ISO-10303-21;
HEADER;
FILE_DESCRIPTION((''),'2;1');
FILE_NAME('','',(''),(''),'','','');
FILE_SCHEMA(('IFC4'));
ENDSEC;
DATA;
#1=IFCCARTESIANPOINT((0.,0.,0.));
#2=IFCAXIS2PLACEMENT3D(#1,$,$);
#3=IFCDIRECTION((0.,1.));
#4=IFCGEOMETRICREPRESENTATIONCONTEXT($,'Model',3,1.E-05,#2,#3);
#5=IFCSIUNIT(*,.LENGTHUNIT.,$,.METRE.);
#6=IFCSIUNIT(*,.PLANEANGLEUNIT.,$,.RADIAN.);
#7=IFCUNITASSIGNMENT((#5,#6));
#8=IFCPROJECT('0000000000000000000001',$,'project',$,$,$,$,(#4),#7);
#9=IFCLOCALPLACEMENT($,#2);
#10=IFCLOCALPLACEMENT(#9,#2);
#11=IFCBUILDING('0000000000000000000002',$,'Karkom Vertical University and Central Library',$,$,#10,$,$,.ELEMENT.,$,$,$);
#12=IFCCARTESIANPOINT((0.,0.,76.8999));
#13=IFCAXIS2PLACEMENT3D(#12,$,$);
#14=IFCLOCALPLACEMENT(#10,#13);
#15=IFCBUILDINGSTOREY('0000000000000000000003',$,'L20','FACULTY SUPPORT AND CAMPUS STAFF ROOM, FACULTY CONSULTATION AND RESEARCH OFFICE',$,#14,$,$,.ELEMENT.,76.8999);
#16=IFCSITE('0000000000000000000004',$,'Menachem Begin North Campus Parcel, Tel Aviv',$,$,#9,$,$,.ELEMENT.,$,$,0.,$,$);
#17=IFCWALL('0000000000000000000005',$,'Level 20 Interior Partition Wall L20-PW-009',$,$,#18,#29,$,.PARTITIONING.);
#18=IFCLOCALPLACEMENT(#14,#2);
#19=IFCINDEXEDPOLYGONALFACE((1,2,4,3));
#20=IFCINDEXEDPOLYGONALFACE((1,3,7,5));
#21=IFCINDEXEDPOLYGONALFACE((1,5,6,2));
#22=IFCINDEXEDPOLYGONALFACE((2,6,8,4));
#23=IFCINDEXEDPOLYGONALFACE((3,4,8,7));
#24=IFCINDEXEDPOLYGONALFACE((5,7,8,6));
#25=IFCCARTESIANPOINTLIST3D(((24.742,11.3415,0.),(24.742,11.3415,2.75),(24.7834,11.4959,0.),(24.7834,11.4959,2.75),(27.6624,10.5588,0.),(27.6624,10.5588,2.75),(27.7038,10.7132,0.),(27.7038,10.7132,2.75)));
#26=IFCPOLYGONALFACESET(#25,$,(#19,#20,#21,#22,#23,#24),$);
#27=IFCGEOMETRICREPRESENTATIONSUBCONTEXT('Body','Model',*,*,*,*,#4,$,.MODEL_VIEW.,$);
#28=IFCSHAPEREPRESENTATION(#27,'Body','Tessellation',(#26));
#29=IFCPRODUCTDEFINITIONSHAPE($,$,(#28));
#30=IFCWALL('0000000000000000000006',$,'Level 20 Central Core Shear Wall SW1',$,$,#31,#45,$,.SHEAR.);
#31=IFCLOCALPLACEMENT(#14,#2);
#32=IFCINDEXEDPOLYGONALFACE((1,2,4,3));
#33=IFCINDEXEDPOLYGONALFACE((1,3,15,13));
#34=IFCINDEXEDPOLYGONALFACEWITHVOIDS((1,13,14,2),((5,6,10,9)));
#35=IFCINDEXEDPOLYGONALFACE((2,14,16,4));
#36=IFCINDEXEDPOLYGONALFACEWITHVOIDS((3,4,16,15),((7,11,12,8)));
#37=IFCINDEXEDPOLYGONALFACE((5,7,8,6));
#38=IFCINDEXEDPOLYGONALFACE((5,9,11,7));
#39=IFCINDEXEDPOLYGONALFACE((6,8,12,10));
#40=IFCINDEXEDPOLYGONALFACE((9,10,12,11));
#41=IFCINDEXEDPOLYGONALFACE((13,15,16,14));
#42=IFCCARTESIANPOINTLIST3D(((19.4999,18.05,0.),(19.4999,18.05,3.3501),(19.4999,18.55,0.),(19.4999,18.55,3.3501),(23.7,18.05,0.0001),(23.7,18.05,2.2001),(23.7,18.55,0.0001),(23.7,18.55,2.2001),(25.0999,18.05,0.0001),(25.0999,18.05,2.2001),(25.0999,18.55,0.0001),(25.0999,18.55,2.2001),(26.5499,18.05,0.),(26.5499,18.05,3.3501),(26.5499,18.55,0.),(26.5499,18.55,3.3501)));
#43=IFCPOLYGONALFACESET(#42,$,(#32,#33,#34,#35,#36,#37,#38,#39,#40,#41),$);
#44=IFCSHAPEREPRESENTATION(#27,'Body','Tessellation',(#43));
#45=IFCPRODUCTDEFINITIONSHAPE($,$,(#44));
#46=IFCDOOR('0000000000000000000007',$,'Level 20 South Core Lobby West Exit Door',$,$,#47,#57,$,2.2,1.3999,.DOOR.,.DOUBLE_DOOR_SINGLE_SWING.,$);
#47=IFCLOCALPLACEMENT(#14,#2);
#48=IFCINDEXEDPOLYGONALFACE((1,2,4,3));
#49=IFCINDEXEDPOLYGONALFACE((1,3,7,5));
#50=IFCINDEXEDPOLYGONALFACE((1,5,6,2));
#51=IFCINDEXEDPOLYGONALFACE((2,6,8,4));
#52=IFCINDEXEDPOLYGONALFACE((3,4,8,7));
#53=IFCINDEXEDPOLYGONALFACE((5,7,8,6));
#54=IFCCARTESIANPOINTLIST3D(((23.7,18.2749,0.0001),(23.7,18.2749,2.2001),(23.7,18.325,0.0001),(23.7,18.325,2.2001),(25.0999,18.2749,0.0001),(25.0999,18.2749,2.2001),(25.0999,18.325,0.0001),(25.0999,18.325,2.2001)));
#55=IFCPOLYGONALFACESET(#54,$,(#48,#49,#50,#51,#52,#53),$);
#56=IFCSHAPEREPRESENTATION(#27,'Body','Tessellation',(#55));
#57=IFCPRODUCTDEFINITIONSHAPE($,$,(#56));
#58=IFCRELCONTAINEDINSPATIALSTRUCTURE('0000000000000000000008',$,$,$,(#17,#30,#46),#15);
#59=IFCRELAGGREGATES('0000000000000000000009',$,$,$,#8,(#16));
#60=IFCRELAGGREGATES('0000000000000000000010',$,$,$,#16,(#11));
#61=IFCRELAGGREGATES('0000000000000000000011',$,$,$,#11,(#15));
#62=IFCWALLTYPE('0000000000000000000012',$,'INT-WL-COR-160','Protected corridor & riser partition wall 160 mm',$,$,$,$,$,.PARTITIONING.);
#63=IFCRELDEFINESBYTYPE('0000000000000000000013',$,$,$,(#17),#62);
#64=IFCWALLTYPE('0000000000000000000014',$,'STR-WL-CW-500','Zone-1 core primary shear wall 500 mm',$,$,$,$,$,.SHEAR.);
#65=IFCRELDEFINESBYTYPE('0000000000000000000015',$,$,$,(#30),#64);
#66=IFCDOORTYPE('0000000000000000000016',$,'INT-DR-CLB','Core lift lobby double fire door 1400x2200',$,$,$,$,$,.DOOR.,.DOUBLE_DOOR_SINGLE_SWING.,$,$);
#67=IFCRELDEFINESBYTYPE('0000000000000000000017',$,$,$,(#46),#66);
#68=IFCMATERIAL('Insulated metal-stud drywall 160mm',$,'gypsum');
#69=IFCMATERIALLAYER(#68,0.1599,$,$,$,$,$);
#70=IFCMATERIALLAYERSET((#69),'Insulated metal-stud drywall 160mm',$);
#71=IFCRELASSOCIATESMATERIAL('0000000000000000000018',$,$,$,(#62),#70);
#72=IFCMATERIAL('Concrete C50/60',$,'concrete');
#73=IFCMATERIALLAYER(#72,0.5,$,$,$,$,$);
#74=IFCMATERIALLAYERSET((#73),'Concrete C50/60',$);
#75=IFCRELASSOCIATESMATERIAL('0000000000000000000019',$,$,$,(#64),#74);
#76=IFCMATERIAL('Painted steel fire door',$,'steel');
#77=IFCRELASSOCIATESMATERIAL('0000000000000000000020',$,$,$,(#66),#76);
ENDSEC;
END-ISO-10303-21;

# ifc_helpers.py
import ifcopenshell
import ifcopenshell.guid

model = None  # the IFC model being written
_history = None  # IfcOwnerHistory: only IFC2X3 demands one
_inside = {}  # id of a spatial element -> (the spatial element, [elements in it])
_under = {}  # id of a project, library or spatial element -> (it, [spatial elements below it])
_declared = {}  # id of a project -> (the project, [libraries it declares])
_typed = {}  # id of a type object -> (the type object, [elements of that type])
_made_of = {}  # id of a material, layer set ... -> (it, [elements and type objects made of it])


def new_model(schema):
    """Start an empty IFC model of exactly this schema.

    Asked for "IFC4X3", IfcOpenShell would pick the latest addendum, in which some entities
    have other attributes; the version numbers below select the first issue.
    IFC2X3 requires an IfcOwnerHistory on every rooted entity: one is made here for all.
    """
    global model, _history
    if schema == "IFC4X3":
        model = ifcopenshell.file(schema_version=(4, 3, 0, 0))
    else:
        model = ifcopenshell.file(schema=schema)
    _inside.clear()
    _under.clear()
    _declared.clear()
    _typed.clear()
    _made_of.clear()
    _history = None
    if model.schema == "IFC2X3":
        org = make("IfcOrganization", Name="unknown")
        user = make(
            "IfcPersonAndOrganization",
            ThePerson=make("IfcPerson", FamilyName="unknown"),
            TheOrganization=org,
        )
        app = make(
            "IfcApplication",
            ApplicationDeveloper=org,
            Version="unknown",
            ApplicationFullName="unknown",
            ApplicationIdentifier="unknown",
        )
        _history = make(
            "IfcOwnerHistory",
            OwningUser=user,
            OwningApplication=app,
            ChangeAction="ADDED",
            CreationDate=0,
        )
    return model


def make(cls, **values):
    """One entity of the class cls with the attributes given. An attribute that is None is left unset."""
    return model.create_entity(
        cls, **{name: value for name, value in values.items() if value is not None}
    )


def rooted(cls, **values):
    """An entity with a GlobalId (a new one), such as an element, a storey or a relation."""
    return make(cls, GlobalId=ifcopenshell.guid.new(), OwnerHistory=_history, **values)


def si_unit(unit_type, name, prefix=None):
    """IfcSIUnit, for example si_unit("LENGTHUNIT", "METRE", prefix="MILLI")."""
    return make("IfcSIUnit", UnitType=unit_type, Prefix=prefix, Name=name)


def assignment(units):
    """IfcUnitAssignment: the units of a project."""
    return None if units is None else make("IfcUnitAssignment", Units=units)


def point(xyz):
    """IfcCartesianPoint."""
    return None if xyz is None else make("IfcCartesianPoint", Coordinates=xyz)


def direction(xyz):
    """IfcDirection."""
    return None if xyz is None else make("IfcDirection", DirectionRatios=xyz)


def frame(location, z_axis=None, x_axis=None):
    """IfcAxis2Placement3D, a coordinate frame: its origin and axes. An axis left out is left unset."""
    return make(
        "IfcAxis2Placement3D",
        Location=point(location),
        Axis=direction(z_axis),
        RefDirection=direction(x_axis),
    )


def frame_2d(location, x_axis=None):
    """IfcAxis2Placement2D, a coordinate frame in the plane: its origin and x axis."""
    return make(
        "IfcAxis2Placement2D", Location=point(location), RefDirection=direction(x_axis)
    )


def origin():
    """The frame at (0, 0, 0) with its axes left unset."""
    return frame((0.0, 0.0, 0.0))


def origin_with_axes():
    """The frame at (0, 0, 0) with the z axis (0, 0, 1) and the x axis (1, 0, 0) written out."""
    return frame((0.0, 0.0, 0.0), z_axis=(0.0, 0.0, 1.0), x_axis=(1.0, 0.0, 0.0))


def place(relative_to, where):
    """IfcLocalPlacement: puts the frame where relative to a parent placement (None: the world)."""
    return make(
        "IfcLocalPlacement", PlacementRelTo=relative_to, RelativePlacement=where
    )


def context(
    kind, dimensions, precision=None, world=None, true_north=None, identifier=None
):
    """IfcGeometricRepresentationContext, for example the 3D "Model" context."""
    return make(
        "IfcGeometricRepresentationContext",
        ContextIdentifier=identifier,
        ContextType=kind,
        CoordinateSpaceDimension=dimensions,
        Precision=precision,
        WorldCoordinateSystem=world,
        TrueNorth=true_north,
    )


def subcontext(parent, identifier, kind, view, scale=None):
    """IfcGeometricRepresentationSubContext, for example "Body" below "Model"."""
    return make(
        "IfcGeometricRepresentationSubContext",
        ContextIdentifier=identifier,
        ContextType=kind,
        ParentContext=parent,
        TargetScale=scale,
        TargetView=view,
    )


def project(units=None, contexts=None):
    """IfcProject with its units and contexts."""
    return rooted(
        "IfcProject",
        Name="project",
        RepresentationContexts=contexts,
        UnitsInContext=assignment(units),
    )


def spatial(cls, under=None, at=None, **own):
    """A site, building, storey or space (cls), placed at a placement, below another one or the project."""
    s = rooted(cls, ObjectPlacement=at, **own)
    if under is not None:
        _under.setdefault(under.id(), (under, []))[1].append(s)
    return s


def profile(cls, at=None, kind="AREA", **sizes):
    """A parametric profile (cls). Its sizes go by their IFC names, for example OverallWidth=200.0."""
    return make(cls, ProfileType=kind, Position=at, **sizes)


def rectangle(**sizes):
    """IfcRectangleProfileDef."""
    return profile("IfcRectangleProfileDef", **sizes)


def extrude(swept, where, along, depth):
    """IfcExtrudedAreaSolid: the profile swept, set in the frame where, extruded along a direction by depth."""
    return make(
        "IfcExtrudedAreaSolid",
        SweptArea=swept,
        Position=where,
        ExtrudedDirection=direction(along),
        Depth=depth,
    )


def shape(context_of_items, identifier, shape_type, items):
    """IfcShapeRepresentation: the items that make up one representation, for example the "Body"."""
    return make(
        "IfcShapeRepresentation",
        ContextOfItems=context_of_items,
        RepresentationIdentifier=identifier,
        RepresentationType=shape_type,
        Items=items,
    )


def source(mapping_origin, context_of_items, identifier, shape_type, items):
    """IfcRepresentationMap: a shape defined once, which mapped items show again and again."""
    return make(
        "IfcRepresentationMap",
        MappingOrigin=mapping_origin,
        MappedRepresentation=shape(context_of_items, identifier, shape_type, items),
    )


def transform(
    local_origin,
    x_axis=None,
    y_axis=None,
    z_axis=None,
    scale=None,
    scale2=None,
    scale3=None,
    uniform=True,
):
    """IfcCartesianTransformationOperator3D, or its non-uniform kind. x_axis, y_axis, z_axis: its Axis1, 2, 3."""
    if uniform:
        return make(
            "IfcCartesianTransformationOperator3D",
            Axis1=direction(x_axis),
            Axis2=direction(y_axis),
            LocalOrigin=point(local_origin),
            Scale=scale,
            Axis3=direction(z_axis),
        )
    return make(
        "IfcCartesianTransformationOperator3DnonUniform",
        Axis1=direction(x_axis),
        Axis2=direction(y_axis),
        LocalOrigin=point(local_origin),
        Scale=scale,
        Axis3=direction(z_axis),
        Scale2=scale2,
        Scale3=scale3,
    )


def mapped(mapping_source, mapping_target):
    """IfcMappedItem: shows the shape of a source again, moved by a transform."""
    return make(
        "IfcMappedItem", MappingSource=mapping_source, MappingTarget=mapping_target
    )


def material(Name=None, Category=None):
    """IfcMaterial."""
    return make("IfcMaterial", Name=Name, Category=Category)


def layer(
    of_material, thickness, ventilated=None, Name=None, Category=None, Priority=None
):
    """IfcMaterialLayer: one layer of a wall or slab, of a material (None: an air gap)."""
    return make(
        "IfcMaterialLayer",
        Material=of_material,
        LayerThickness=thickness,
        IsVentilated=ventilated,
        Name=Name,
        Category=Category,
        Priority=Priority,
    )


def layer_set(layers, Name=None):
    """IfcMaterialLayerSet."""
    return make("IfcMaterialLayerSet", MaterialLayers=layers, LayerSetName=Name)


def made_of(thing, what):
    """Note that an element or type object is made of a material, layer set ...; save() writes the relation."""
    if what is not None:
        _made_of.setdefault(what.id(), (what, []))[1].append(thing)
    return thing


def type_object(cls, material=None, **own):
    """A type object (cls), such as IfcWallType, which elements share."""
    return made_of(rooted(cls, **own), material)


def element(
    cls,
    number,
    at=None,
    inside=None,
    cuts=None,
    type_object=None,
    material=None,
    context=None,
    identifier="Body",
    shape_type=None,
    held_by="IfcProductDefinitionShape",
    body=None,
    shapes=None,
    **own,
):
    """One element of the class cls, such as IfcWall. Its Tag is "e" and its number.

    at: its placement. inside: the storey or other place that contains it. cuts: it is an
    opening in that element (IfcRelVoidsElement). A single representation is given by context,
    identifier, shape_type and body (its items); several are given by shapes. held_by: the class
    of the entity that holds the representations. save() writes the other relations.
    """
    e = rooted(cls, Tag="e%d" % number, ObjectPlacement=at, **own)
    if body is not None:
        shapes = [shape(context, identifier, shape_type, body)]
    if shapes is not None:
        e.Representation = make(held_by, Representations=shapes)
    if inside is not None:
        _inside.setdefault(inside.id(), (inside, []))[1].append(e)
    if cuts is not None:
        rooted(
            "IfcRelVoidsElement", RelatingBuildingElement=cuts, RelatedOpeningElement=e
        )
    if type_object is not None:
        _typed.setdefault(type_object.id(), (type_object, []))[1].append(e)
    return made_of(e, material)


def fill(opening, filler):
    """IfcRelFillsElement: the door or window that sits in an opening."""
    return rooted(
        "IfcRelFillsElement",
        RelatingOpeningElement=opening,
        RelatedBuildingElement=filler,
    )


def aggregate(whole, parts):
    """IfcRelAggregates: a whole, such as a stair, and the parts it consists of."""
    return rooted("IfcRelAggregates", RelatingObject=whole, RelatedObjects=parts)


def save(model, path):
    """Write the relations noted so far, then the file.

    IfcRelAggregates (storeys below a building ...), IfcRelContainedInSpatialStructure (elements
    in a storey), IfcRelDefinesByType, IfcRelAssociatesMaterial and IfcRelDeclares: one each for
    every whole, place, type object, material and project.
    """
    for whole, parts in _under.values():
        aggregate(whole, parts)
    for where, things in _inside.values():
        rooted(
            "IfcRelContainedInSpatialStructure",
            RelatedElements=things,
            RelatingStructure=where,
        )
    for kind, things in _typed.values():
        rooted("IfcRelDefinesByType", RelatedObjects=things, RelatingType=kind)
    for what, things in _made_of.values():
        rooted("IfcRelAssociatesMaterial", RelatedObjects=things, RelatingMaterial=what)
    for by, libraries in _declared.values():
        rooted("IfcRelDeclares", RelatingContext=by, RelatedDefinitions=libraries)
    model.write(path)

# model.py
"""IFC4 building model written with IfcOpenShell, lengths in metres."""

from ifc_helpers import new_model, si_unit, direction, frame, frame_2d, origin, origin_with_axes, place, context, subcontext, project, spatial, rectangle, extrude, source, transform, mapped, material, layer, layer_set, type_object, element, fill, save


model = new_model("IFC4")

# Units and contexts
model_context = context("Model", 3, precision=1e-05, world=origin(), true_north=direction((0.0, 1.0)))
body_context = subcontext(model_context, "Body", "Model", "MODEL_VIEW")
ifc_project = project(units=[si_unit("LENGTHUNIT", "METRE"), si_unit("PLANEANGLEUNIT", "RADIAN")], contexts=[model_context])

# Site, building, storey
site_placement = place(None, origin())
site = spatial("IfcSite", under=ifc_project, at=site_placement, Name="Menachem Begin North Campus Parcel, Tel Aviv", CompositionType="ELEMENT", RefElevation=0.0)
building_placement = place(site_placement, origin())
building = spatial("IfcBuilding", under=site, at=building_placement, Name="Karkom Vertical University and Central Library", CompositionType="ELEMENT")
storey_placement = place(building_placement, frame((0.0, 0.0, 76.8999)))
storey = spatial("IfcBuildingStorey", under=building, at=storey_placement, Name="L20", Description="FACULTY SUPPORT AND CAMPUS STAFF ROOM, FACULTY CONSULTATION AND RESEARCH OFFICE", CompositionType="ELEMENT", Elevation=76.8999)

# Shared definitions
ifc_material_1 = material(Name="Concrete C50/60", Category="concrete")

# Shared definitions
ifc_material_2 = material(Name="Insulated metal-stud drywall 160mm", Category="gypsum")
ifc_layer_1 = layer(ifc_material_2, 0.1599)
ifc_layer_set_1 = layer_set([ifc_layer_1], Name="Insulated metal-stud drywall 160mm")
wall_type_1 = type_object("IfcWallType", Name="INT-WL-COR-160", Description="Protected corridor & riser partition wall 160 mm", PredefinedType="PARTITIONING", material=ifc_layer_set_1)

# Wall
wall_1_placement = place(storey_placement, frame((24.7627, 11.4187, 0.0), z_axis=(0.0, 0.0, 1.0), x_axis=(0.96591, -0.258879, 0.0)))
element("IfcWall", 1, at=wall_1_placement, inside=storey, type_object=wall_type_1, Name="Level 20 Interior Partition Wall L20-PW-009", PredefinedType="PARTITIONING", context=body_context, shape_type="SweptSolid", body=[
    extrude(rectangle(XDim=3.0234, YDim=0.1599, at=frame_2d((1.5117, 0.0))), origin(), (0.0, 0.0, 1.0), 2.75),
])

# Wall, opening, door
ifc_layer_2 = layer(ifc_material_1, 0.5)
ifc_layer_set_2 = layer_set([ifc_layer_2], Name="Concrete C50/60")
wall_type_2 = type_object("IfcWallType", Name="STR-WL-CW-500", Description="Zone-1 core primary shear wall 500 mm", PredefinedType="SHEAR", material=ifc_layer_set_2)
wall_2_placement = place(storey_placement, frame((19.5, 18.3, 0.0), z_axis=(0.0, 0.0, 1.0), x_axis=(1.0, 0.0, 0.0)))
wall_2 = element("IfcWall", 2, at=wall_2_placement, inside=storey, type_object=wall_type_2, Name="Level 20 Central Core Shear Wall SW1", PredefinedType="SHEAR", context=body_context, shape_type="SweptSolid", body=[
    extrude(rectangle(XDim=7.05, YDim=0.5, at=frame_2d((3.5249, 0.0))), origin(), (0.0, 0.0, 1.0), 3.3501),
])
opening_1_placement = place(wall_2_placement, frame((4.2, 0.0, 0.0)))
opening_1 = element("IfcOpeningElement", 3, at=opening_1_placement, cuts=wall_2, PredefinedType="OPENING", context=body_context, shape_type="SweptSolid", body=[
    extrude(rectangle(XDim=1.3999, YDim=2.2, at=frame_2d((0.7, 1.1001))), frame((0.0, 0.26, 0.0), z_axis=(0.0, -1.0, 0.0), x_axis=(1.0, 0.0, 0.0)), (0.0, 0.0, 1.0), 0.52),
])
ifc_material_3 = material(Name="Painted steel fire door", Category="steel")
door_type_1 = type_object("IfcDoorType", Name="INT-DR-CLB", Description="Core lift lobby double fire door 1400x2200", OperationType="DOUBLE_DOOR_SINGLE_SWING", PredefinedType="DOOR", material=ifc_material_3)
shared_shape_1 = source(origin_with_axes(), body_context, "Body", "SweptSolid", [
    extrude(rectangle(XDim=1.3999, YDim=2.2, at=frame_2d((0.7, 1.1001))), frame((0.0, 0.0249, 0.0), z_axis=(0.0, -1.0, 0.0), x_axis=(1.0, 0.0, 0.0)), (0.0, 0.0, 1.0), 0.05),
])
door_1_placement = place(opening_1_placement, origin())
door_1 = element("IfcDoor", 4, at=door_1_placement, inside=storey, type_object=door_type_1, Name="Level 20 South Core Lobby West Exit Door", OperationType="DOUBLE_DOOR_SINGLE_SWING", OverallHeight=2.2, OverallWidth=1.3999, PredefinedType="DOOR", context=body_context, shape_type="MappedRepresentation", body=[
    mapped(shared_shape_1, transform((0.0, 0.0, 0.0), scale=1.0)),
])
fill(opening_1, door_1)

save(model, "model.ifc")
